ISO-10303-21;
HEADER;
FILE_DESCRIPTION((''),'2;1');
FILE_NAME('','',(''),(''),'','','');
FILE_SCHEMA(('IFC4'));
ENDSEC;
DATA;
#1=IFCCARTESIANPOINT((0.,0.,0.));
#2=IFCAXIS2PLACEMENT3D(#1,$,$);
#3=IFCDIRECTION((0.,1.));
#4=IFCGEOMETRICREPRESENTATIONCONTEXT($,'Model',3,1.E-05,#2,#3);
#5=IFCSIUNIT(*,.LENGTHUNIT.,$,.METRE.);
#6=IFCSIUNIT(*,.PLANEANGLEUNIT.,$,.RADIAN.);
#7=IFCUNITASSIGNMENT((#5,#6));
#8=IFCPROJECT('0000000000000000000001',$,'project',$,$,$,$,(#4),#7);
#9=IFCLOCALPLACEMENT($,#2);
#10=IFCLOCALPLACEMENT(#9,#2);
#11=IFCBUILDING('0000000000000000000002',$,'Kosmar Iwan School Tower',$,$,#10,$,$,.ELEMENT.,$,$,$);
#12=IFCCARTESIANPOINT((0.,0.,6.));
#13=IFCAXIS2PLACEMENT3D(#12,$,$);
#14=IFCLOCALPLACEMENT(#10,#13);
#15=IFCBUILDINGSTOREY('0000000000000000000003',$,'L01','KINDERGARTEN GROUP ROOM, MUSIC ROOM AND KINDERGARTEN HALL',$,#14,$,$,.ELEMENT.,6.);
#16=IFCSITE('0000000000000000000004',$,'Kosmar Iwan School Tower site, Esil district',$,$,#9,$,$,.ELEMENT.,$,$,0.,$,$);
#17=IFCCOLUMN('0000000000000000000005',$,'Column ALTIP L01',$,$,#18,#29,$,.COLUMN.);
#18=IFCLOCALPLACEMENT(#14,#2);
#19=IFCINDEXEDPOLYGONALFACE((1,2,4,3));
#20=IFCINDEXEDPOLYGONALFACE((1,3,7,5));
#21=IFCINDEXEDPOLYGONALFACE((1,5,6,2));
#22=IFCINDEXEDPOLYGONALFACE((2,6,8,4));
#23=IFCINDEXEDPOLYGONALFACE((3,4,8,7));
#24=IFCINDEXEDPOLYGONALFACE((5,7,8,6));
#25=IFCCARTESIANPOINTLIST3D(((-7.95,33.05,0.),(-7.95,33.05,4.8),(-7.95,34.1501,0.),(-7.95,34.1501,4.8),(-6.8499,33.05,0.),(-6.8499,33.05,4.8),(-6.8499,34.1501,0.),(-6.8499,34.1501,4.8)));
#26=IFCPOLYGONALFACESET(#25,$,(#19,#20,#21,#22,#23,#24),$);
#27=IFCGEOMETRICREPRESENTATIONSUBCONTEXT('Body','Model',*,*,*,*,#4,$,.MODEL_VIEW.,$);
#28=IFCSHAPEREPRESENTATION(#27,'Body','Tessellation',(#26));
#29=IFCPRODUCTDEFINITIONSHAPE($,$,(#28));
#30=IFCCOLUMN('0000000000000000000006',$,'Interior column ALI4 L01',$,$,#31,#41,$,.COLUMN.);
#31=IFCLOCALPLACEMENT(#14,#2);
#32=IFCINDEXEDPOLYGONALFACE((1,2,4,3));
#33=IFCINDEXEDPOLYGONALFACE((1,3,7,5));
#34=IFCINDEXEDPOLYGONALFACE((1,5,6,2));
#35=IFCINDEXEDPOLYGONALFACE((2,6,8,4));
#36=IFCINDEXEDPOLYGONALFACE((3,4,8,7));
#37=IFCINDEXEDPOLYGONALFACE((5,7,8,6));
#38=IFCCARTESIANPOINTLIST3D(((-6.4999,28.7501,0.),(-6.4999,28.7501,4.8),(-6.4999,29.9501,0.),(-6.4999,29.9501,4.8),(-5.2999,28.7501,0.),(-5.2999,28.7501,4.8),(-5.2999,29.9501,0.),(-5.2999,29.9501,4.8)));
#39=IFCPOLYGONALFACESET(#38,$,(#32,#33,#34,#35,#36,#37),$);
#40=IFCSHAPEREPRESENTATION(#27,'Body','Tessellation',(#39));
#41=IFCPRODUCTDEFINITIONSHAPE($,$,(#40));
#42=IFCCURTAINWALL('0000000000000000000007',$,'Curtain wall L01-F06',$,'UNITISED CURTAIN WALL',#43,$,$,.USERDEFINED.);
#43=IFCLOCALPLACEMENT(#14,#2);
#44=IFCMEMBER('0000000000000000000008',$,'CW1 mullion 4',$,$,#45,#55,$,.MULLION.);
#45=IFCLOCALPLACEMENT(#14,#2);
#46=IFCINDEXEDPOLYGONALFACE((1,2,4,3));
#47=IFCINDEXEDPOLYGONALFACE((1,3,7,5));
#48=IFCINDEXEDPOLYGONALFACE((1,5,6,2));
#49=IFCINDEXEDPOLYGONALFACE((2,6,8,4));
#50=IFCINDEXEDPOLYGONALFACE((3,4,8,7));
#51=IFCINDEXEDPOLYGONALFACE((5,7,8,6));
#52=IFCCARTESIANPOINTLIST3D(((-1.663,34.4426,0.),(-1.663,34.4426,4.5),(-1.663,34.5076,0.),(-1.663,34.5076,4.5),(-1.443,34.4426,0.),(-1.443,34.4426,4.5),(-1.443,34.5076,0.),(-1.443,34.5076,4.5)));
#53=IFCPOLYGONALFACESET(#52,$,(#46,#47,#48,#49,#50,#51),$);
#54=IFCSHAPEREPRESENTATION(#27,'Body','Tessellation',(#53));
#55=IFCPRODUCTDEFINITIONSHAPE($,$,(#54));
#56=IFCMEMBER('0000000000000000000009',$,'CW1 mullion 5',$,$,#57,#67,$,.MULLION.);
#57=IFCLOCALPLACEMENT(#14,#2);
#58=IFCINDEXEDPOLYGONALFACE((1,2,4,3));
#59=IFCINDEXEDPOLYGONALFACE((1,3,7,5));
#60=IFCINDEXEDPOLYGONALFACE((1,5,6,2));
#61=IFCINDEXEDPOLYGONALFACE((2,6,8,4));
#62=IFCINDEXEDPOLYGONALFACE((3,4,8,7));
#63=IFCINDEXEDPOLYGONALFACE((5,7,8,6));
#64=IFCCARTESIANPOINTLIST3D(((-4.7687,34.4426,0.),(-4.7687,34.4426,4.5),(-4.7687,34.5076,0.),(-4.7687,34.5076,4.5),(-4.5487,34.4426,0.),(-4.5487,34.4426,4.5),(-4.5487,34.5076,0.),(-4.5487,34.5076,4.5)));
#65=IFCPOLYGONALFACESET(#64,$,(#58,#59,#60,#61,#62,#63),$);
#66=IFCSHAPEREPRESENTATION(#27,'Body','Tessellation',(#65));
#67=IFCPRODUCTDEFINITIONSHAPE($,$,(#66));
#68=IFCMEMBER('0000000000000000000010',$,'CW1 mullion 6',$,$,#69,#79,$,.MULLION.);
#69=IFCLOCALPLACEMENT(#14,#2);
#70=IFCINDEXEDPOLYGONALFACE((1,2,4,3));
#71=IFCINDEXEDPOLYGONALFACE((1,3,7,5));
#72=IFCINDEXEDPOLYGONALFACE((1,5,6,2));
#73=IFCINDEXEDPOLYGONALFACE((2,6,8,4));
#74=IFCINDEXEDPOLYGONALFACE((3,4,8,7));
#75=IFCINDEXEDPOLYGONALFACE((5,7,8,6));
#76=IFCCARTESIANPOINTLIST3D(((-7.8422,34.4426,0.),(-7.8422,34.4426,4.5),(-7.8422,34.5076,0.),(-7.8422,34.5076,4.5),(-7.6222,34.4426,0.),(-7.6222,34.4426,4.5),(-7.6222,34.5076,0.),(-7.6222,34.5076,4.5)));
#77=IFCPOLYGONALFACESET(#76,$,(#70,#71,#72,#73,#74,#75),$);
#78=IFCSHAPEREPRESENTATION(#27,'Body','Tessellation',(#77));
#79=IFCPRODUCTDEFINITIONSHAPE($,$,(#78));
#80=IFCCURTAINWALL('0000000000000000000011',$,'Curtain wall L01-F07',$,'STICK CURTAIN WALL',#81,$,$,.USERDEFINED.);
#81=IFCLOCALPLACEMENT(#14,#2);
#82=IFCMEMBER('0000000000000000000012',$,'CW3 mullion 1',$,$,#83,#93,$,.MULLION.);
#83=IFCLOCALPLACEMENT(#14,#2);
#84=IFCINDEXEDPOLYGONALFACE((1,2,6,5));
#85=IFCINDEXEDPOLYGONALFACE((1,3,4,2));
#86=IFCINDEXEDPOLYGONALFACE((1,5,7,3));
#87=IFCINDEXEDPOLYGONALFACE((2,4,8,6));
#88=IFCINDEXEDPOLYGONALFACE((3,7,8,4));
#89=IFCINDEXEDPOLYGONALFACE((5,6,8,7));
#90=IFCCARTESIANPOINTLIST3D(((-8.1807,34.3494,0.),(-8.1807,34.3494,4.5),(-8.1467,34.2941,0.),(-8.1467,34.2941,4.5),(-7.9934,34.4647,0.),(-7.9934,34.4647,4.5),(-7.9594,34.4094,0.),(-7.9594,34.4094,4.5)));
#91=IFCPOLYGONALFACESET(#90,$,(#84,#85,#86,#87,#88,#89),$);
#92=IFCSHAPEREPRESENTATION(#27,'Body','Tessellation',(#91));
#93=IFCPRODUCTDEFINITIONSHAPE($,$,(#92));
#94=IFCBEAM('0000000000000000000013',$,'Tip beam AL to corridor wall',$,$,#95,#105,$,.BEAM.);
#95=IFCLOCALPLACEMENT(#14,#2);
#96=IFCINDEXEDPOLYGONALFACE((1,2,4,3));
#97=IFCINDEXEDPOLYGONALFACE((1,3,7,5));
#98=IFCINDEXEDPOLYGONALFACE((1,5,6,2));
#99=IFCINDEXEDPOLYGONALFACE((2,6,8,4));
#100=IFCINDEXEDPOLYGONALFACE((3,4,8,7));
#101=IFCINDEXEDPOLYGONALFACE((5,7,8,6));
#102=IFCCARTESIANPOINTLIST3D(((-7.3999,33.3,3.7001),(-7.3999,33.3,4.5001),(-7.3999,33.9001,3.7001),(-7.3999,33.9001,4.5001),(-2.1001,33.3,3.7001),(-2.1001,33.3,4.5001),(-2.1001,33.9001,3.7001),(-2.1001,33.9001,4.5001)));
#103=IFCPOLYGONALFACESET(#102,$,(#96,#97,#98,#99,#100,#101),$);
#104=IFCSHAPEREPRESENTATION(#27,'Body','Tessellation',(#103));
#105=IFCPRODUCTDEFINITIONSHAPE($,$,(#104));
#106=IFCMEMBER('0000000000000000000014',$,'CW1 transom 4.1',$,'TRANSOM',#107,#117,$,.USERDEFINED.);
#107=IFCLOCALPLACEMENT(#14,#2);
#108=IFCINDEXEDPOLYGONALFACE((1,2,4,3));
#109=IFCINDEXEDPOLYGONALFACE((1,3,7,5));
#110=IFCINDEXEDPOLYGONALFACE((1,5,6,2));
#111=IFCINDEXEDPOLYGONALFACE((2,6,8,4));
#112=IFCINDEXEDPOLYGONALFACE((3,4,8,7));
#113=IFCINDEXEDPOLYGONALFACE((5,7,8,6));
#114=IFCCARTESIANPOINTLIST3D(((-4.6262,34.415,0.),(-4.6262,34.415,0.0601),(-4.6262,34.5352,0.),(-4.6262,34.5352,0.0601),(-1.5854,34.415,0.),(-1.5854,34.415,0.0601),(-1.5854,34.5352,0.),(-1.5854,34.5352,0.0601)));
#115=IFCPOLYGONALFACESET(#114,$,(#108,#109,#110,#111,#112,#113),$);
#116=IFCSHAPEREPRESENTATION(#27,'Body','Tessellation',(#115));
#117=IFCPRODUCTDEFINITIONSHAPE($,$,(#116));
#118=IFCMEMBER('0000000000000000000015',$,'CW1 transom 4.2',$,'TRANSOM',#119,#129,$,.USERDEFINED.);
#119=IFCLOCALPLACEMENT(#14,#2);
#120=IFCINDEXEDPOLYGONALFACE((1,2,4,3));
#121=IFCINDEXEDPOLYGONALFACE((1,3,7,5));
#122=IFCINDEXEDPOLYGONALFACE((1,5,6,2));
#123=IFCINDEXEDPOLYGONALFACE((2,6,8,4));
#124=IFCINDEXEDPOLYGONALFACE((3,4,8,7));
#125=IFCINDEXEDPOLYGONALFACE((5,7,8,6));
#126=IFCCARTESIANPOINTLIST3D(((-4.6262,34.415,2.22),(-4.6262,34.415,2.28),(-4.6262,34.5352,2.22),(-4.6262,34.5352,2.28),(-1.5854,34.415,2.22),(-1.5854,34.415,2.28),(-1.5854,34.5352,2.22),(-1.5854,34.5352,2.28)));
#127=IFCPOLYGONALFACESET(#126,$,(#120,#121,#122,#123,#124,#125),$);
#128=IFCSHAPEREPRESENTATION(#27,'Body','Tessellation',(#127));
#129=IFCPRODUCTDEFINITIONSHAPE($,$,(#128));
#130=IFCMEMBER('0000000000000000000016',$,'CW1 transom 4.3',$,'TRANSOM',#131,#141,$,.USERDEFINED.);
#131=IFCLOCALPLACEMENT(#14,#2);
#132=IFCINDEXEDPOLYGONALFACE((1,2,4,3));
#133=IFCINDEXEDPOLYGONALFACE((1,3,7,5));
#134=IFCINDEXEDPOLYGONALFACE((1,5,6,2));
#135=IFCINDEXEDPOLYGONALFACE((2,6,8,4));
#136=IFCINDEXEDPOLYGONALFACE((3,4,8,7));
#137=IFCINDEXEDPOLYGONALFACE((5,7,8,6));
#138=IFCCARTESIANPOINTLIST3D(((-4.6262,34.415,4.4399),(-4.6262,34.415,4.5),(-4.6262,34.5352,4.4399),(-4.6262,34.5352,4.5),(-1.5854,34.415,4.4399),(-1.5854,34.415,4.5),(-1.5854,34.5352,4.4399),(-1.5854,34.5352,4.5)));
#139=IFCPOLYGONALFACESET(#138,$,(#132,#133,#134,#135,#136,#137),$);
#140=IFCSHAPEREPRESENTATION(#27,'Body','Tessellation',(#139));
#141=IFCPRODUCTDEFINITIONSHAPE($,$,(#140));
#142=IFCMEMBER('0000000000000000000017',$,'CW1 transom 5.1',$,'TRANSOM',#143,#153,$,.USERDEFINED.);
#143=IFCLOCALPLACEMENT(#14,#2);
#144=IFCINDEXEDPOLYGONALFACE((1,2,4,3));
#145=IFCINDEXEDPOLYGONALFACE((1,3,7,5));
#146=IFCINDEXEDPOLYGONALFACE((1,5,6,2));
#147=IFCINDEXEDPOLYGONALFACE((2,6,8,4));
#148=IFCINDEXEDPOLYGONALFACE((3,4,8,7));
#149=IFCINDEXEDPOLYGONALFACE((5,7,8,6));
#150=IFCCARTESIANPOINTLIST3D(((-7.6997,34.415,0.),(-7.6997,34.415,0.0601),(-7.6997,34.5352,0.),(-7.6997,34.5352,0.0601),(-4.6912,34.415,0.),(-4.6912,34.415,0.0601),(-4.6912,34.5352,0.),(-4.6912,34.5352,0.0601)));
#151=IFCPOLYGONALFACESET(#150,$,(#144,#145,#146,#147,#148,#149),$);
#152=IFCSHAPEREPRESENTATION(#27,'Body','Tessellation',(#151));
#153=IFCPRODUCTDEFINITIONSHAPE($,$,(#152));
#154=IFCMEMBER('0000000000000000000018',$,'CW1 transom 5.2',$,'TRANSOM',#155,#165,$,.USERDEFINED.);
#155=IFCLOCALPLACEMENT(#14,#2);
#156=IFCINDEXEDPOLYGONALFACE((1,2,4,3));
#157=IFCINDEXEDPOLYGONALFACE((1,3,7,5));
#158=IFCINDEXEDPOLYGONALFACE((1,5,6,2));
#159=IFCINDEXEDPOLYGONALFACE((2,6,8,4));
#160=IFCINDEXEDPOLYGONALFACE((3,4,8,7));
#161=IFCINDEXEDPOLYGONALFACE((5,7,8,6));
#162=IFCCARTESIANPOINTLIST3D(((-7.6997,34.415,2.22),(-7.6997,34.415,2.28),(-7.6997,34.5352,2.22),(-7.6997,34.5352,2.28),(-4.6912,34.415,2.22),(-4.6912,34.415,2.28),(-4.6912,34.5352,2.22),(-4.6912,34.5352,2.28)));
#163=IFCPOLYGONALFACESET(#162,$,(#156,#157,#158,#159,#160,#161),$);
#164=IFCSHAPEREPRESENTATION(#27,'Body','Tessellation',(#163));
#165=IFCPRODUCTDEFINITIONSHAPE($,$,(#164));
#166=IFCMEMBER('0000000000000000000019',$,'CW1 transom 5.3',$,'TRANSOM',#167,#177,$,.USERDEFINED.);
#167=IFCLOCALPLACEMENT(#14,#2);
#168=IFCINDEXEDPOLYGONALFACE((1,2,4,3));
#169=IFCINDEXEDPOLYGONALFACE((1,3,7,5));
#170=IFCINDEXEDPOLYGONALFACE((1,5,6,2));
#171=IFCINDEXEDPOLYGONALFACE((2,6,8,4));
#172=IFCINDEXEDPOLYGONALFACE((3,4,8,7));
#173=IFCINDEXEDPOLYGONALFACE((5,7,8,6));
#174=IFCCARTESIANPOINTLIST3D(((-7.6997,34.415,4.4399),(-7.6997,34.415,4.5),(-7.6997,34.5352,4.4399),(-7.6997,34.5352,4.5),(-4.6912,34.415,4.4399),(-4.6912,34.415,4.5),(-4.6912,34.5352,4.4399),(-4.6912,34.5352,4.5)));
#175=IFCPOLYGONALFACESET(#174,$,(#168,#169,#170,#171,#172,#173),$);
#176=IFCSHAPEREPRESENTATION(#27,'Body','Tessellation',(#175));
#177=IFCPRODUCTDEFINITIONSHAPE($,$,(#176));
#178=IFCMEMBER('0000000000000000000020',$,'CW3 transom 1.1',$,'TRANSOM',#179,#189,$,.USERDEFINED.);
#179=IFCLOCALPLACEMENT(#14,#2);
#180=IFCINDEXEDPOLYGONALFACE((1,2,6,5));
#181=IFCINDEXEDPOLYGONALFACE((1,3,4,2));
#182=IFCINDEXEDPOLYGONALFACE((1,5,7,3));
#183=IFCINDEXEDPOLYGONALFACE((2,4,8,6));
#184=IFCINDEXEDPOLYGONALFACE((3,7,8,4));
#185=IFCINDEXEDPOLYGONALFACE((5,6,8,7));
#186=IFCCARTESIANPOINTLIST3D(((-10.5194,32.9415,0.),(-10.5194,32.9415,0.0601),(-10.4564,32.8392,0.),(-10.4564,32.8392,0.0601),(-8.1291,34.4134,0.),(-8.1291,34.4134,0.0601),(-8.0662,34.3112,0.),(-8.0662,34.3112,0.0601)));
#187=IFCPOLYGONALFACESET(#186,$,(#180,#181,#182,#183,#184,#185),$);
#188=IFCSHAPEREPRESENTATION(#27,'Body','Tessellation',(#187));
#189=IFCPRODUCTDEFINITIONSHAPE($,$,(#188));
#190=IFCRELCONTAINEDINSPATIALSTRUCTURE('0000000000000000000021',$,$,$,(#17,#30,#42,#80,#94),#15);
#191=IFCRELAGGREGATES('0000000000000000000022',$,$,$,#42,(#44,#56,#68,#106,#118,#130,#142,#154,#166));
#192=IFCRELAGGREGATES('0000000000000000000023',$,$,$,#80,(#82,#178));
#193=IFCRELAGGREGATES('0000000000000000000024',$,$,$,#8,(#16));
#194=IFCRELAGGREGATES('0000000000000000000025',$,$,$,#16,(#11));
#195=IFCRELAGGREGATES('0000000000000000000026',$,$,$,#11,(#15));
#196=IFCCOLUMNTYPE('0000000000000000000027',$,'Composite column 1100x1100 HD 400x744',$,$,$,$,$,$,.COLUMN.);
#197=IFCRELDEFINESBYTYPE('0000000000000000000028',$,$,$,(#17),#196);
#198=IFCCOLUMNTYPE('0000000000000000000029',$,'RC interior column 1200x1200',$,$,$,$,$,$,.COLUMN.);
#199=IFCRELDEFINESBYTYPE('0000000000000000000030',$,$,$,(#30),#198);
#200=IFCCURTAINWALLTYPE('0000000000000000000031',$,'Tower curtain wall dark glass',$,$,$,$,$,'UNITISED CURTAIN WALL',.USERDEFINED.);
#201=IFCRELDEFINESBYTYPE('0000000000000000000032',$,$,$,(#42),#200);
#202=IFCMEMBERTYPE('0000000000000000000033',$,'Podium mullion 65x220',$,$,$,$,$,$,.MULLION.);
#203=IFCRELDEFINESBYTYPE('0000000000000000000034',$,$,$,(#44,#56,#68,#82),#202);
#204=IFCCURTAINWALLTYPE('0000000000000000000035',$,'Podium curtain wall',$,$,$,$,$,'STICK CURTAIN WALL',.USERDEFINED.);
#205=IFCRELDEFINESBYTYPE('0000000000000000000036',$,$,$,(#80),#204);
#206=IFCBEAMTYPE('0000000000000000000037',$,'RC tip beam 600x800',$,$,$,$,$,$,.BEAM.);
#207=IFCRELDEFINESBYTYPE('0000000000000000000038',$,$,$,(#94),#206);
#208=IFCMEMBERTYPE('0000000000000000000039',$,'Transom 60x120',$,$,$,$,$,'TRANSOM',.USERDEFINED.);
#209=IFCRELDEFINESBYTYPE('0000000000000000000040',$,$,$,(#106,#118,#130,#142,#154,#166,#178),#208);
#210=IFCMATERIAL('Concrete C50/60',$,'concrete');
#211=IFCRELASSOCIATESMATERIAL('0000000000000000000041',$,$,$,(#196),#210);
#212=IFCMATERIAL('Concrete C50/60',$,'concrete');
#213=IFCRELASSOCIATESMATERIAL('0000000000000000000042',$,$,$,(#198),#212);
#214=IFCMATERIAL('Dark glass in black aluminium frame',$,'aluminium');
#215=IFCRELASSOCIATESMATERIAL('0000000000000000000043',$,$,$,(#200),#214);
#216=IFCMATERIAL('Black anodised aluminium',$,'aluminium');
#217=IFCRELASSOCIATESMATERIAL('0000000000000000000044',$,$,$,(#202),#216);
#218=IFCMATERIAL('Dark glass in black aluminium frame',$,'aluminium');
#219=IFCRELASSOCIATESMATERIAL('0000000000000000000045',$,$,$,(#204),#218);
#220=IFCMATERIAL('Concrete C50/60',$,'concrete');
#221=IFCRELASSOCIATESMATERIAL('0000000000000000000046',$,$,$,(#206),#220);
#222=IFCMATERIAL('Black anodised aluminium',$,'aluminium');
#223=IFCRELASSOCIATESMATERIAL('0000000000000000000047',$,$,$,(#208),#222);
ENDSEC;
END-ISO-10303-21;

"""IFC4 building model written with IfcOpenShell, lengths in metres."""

from ifc_helpers import new_model, si_unit, direction, frame, origin, origin_2d, place, context, subcontext, project, spatial, rectangle, extrude, material, material_profile, profile_set, type_object, element, aggregate, save


model = new_model("IFC4")

# Units and contexts
model_context = context("Model", 3, precision=1e-05, world=origin(), true_north=direction((0.0, 1.0)))
body_context = subcontext(model_context, "Body", "Model", "MODEL_VIEW")
ifc_project = project(units=[si_unit("LENGTHUNIT", "METRE"), si_unit("PLANEANGLEUNIT", "RADIAN")], contexts=[model_context])

# Site, building, storey
site_placement = place(None, origin())
site = spatial("IfcSite", under=ifc_project, at=site_placement, Name="Kosmar Iwan School Tower site, Esil district", CompositionType="ELEMENT", RefElevation=0.0)
building_placement = place(site_placement, origin())
building = spatial("IfcBuilding", under=site, at=building_placement, Name="Kosmar Iwan School Tower", CompositionType="ELEMENT")
storey_placement = place(building_placement, frame((0.0, 0.0, 6.0)))
storey = spatial("IfcBuildingStorey", under=building, at=storey_placement, Name="L01", Description="KINDERGARTEN GROUP ROOM, MUSIC ROOM AND KINDERGARTEN HALL", CompositionType="ELEMENT", Elevation=6.0)

# Columns
ifc_material_1 = material(Name="Concrete C50/60", Category="concrete")
ifc_material_profile_1 = material_profile(ifc_material_1, rectangle(XDim=1.1001, YDim=1.1001, at=origin_2d()), Name="RC 1100x1100 + HD 400x744")
ifc_profile_set_1 = profile_set([ifc_material_profile_1], Name="Concrete C50/60")
column_type_1 = type_object("IfcColumnType", Name="Composite column 1100x1100 HD 400x744", PredefinedType="COLUMN", material=ifc_profile_set_1)
column_1_placement = place(storey_placement, frame((-7.3999, 33.6001, 0.0), z_axis=(0.0, 0.0, 1.0), x_axis=(0.0, 1.0, 0.0)))
element("IfcColumn", 1, at=column_1_placement, inside=storey, type_object=column_type_1, Name="Column ALTIP L01", PredefinedType="COLUMN", context=body_context, shape_type="SweptSolid", body=[
    extrude(rectangle(XDim=1.1001, YDim=1.1001, at=origin_2d()), origin(), (0.0, 0.0, 1.0), 4.8),
])
ifc_material_2 = material(Name="Concrete C50/60", Category="concrete")
ifc_material_profile_2 = material_profile(ifc_material_2, rectangle(XDim=1.2, YDim=1.2, at=origin_2d()), Name="RC 1200x1200")
ifc_profile_set_2 = profile_set([ifc_material_profile_2], Name="Concrete C50/60")
column_type_2 = type_object("IfcColumnType", Name="RC interior column 1200x1200", PredefinedType="COLUMN", material=ifc_profile_set_2)
column_2_placement = place(storey_placement, frame((-5.8999, 29.3501, 0.0), z_axis=(0.0, 0.0, 1.0), x_axis=(0.0, 1.0, 0.0)))
element("IfcColumn", 2, at=column_2_placement, inside=storey, type_object=column_type_2, Name="Interior column ALI4 L01", PredefinedType="COLUMN", context=body_context, shape_type="SweptSolid", body=[
    extrude(rectangle(XDim=1.2, YDim=1.2, at=origin_2d()), origin(), (0.0, 0.0, 1.0), 4.8),
])

# Curtain wall, members
ifc_material_3 = material(Name="Dark glass in black aluminium frame", Category="aluminium")
curtain_wall_type_1 = type_object("IfcCurtainWallType", Name="Tower curtain wall dark glass", ElementType="UNITISED CURTAIN WALL", PredefinedType="USERDEFINED", material=ifc_material_3)
curtain_wall_1_placement = place(storey_placement, origin())
curtain_wall_1 = element("IfcCurtainWall", 3, at=curtain_wall_1_placement, inside=storey, type_object=curtain_wall_type_1, Name="Curtain wall L01-F06", ObjectType="UNITISED CURTAIN WALL", PredefinedType="USERDEFINED")
ifc_material_4 = material(Name="Black anodised aluminium", Category="aluminium")
ifc_material_profile_3 = material_profile(ifc_material_4, rectangle(XDim=0.0649, YDim=0.22, at=origin_2d()), Name="MULLION 65x220")
ifc_profile_set_3 = profile_set([ifc_material_profile_3], Name="Black anodised aluminium")
member_type_1 = type_object("IfcMemberType", Name="Podium mullion 65x220", PredefinedType="MULLION", material=ifc_profile_set_3)
member_1_placement = place(storey_placement, frame((-1.553, 34.4751, 0.0), z_axis=(0.0, 0.0, 1.0), x_axis=(0.0, -1.0, 0.0)))
member_1 = element("IfcMember", 4, at=member_1_placement, type_object=member_type_1, Name="CW1 mullion 4", PredefinedType="MULLION", context=body_context, shape_type="SweptSolid", body=[
    extrude(rectangle(XDim=0.0649, YDim=0.22, at=origin_2d()), origin(), (0.0, 0.0, 1.0), 4.5),
])
member_2_placement = place(storey_placement, frame((-4.6587, 34.4751, 0.0), z_axis=(0.0, 0.0, 1.0), x_axis=(0.0, -1.0, 0.0)))
member_2 = element("IfcMember", 5, at=member_2_placement, type_object=member_type_1, Name="CW1 mullion 5", PredefinedType="MULLION", context=body_context, shape_type="SweptSolid", body=[
    extrude(rectangle(XDim=0.0649, YDim=0.22, at=origin_2d()), origin(), (0.0, 0.0, 1.0), 4.5),
])
member_3_placement = place(storey_placement, frame((-7.7322, 34.4751, 0.0), z_axis=(0.0, 0.0, 1.0), x_axis=(0.0, -1.0, 0.0)))
member_3 = element("IfcMember", 6, at=member_3_placement, type_object=member_type_1, Name="CW1 mullion 6", PredefinedType="MULLION", context=body_context, shape_type="SweptSolid", body=[
    extrude(rectangle(XDim=0.0649, YDim=0.22, at=origin_2d()), origin(), (0.0, 0.0, 1.0), 4.5),
])

# Curtain wall, member
ifc_material_5 = material(Name="Dark glass in black aluminium frame", Category="aluminium")
curtain_wall_type_2 = type_object("IfcCurtainWallType", Name="Podium curtain wall", ElementType="STICK CURTAIN WALL", PredefinedType="USERDEFINED", material=ifc_material_5)
curtain_wall_2_placement = place(storey_placement, origin())
curtain_wall_2 = element("IfcCurtainWall", 7, at=curtain_wall_2_placement, inside=storey, type_object=curtain_wall_type_2, Name="Curtain wall L01-F07", ObjectType="STICK CURTAIN WALL", PredefinedType="USERDEFINED")
member_4_placement = place(storey_placement, frame((-8.0701, 34.3794, 0.0), z_axis=(0.0, 0.0, 1.0), x_axis=(0.524382, -0.851483, 0.0)))
member_4 = element("IfcMember", 8, at=member_4_placement, type_object=member_type_1, Name="CW3 mullion 1", PredefinedType="MULLION", context=body_context, shape_type="SweptSolid", body=[
    extrude(rectangle(XDim=0.0649, YDim=0.22, at=origin_2d()), origin(), (0.0, 0.0, 1.0), 4.5),
])

# Beam
ifc_material_6 = material(Name="Concrete C50/60", Category="concrete")
ifc_material_profile_4 = material_profile(ifc_material_6, rectangle(XDim=0.6001, YDim=0.8, at=origin_2d()), Name="RC 600x800")
ifc_profile_set_4 = profile_set([ifc_material_profile_4], Name="Concrete C50/60")
beam_type = type_object("IfcBeamType", Name="RC tip beam 600x800", PredefinedType="BEAM", material=ifc_profile_set_4)
beam_placement = place(storey_placement, frame((-7.3999, 33.6001, 4.1001), z_axis=(1.0, 0.0, 0.0), x_axis=(0.0, 1.0, 0.0)))
element("IfcBeam", 9, at=beam_placement, inside=storey, type_object=beam_type, Name="Tip beam AL to corridor wall", PredefinedType="BEAM", context=body_context, shape_type="SweptSolid", body=[
    extrude(rectangle(XDim=0.6001, YDim=0.8, at=origin_2d()), origin(), (0.0, 0.0, 1.0), 5.2998),
])

# Members
ifc_material_7 = material(Name="Black anodised aluminium", Category="aluminium")
ifc_material_profile_5 = material_profile(ifc_material_7, rectangle(XDim=0.1201, YDim=0.0601, at=origin_2d()), Name="TRANSOM 60x120")
ifc_profile_set_5 = profile_set([ifc_material_profile_5], Name="Black anodised aluminium")
member_type_2 = type_object("IfcMemberType", Name="Transom 60x120", ElementType="TRANSOM", PredefinedType="USERDEFINED", material=ifc_profile_set_5)
member_5_placement = place(storey_placement, frame((-1.5854, 34.4751, 0.03), z_axis=(-1.0, 0.0, 0.0), x_axis=(0.0, -1.0, 0.0)))
member_5 = element("IfcMember", 10, at=member_5_placement, type_object=member_type_2, Name="CW1 transom 4.1", ObjectType="TRANSOM", PredefinedType="USERDEFINED", context=body_context, shape_type="SweptSolid", body=[
    extrude(rectangle(XDim=0.1201, YDim=0.0601, at=origin_2d()), origin(), (0.0, 0.0, 1.0), 3.0408),
])
member_6_placement = place(storey_placement, frame((-1.5854, 34.4751, 2.25), z_axis=(-1.0, 0.0, 0.0), x_axis=(0.0, -1.0, 0.0)))
member_6 = element("IfcMember", 11, at=member_6_placement, type_object=member_type_2, Name="CW1 transom 4.2", ObjectType="TRANSOM", PredefinedType="USERDEFINED", context=body_context, shape_type="SweptSolid", body=[
    extrude(rectangle(XDim=0.1201, YDim=0.0601, at=origin_2d()), origin(), (0.0, 0.0, 1.0), 3.0408),
])
member_7_placement = place(storey_placement, frame((-1.5854, 34.4751, 4.47), z_axis=(-1.0, 0.0, 0.0), x_axis=(0.0, -1.0, 0.0)))
member_7 = element("IfcMember", 12, at=member_7_placement, type_object=member_type_2, Name="CW1 transom 4.3", ObjectType="TRANSOM", PredefinedType="USERDEFINED", context=body_context, shape_type="SweptSolid", body=[
    extrude(rectangle(XDim=0.1201, YDim=0.0601, at=origin_2d()), origin(), (0.0, 0.0, 1.0), 3.0408),
])
member_8_placement = place(storey_placement, frame((-4.6912, 34.4751, 0.03), z_axis=(-1.0, 0.0, 0.0), x_axis=(0.0, -1.0, 0.0)))
member_8 = element("IfcMember", 13, at=member_8_placement, type_object=member_type_2, Name="CW1 transom 5.1", ObjectType="TRANSOM", PredefinedType="USERDEFINED", context=body_context, shape_type="SweptSolid", body=[
    extrude(rectangle(XDim=0.1201, YDim=0.0601, at=origin_2d()), origin(), (0.0, 0.0, 1.0), 3.0085),
])
member_9_placement = place(storey_placement, frame((-4.6912, 34.4751, 2.25), z_axis=(-1.0, 0.0, 0.0), x_axis=(0.0, -1.0, 0.0)))
member_9 = element("IfcMember", 14, at=member_9_placement, type_object=member_type_2, Name="CW1 transom 5.2", ObjectType="TRANSOM", PredefinedType="USERDEFINED", context=body_context, shape_type="SweptSolid", body=[
    extrude(rectangle(XDim=0.1201, YDim=0.0601, at=origin_2d()), origin(), (0.0, 0.0, 1.0), 3.0085),
])
member_10_placement = place(storey_placement, frame((-4.6912, 34.4751, 4.47), z_axis=(-1.0, 0.0, 0.0), x_axis=(0.0, -1.0, 0.0)))
member_10 = element("IfcMember", 15, at=member_10_placement, type_object=member_type_2, Name="CW1 transom 5.3", ObjectType="TRANSOM", PredefinedType="USERDEFINED", context=body_context, shape_type="SweptSolid", body=[
    extrude(rectangle(XDim=0.1201, YDim=0.0601, at=origin_2d()), origin(), (0.0, 0.0, 1.0), 3.0085),
])
member_11_placement = place(storey_placement, frame((-8.0977, 34.3623, 0.03), z_axis=(-0.851488, -0.524374, 0.0), x_axis=(0.524374, -0.851488, 0.0)))
member_11 = element("IfcMember", 16, at=member_11_placement, type_object=member_type_2, Name="CW3 transom 1.1", ObjectType="TRANSOM", PredefinedType="USERDEFINED", context=body_context, shape_type="SweptSolid", body=[
    extrude(rectangle(XDim=0.1201, YDim=0.0601, at=origin_2d()), origin(), (0.0, 0.0, 1.0), 2.8071),
])

aggregate(curtain_wall_1, [member_1, member_2, member_3, member_5, member_6, member_7, member_8, member_9, member_10])
aggregate(curtain_wall_2, [member_4, member_11])

save(model, "model.ifc")
